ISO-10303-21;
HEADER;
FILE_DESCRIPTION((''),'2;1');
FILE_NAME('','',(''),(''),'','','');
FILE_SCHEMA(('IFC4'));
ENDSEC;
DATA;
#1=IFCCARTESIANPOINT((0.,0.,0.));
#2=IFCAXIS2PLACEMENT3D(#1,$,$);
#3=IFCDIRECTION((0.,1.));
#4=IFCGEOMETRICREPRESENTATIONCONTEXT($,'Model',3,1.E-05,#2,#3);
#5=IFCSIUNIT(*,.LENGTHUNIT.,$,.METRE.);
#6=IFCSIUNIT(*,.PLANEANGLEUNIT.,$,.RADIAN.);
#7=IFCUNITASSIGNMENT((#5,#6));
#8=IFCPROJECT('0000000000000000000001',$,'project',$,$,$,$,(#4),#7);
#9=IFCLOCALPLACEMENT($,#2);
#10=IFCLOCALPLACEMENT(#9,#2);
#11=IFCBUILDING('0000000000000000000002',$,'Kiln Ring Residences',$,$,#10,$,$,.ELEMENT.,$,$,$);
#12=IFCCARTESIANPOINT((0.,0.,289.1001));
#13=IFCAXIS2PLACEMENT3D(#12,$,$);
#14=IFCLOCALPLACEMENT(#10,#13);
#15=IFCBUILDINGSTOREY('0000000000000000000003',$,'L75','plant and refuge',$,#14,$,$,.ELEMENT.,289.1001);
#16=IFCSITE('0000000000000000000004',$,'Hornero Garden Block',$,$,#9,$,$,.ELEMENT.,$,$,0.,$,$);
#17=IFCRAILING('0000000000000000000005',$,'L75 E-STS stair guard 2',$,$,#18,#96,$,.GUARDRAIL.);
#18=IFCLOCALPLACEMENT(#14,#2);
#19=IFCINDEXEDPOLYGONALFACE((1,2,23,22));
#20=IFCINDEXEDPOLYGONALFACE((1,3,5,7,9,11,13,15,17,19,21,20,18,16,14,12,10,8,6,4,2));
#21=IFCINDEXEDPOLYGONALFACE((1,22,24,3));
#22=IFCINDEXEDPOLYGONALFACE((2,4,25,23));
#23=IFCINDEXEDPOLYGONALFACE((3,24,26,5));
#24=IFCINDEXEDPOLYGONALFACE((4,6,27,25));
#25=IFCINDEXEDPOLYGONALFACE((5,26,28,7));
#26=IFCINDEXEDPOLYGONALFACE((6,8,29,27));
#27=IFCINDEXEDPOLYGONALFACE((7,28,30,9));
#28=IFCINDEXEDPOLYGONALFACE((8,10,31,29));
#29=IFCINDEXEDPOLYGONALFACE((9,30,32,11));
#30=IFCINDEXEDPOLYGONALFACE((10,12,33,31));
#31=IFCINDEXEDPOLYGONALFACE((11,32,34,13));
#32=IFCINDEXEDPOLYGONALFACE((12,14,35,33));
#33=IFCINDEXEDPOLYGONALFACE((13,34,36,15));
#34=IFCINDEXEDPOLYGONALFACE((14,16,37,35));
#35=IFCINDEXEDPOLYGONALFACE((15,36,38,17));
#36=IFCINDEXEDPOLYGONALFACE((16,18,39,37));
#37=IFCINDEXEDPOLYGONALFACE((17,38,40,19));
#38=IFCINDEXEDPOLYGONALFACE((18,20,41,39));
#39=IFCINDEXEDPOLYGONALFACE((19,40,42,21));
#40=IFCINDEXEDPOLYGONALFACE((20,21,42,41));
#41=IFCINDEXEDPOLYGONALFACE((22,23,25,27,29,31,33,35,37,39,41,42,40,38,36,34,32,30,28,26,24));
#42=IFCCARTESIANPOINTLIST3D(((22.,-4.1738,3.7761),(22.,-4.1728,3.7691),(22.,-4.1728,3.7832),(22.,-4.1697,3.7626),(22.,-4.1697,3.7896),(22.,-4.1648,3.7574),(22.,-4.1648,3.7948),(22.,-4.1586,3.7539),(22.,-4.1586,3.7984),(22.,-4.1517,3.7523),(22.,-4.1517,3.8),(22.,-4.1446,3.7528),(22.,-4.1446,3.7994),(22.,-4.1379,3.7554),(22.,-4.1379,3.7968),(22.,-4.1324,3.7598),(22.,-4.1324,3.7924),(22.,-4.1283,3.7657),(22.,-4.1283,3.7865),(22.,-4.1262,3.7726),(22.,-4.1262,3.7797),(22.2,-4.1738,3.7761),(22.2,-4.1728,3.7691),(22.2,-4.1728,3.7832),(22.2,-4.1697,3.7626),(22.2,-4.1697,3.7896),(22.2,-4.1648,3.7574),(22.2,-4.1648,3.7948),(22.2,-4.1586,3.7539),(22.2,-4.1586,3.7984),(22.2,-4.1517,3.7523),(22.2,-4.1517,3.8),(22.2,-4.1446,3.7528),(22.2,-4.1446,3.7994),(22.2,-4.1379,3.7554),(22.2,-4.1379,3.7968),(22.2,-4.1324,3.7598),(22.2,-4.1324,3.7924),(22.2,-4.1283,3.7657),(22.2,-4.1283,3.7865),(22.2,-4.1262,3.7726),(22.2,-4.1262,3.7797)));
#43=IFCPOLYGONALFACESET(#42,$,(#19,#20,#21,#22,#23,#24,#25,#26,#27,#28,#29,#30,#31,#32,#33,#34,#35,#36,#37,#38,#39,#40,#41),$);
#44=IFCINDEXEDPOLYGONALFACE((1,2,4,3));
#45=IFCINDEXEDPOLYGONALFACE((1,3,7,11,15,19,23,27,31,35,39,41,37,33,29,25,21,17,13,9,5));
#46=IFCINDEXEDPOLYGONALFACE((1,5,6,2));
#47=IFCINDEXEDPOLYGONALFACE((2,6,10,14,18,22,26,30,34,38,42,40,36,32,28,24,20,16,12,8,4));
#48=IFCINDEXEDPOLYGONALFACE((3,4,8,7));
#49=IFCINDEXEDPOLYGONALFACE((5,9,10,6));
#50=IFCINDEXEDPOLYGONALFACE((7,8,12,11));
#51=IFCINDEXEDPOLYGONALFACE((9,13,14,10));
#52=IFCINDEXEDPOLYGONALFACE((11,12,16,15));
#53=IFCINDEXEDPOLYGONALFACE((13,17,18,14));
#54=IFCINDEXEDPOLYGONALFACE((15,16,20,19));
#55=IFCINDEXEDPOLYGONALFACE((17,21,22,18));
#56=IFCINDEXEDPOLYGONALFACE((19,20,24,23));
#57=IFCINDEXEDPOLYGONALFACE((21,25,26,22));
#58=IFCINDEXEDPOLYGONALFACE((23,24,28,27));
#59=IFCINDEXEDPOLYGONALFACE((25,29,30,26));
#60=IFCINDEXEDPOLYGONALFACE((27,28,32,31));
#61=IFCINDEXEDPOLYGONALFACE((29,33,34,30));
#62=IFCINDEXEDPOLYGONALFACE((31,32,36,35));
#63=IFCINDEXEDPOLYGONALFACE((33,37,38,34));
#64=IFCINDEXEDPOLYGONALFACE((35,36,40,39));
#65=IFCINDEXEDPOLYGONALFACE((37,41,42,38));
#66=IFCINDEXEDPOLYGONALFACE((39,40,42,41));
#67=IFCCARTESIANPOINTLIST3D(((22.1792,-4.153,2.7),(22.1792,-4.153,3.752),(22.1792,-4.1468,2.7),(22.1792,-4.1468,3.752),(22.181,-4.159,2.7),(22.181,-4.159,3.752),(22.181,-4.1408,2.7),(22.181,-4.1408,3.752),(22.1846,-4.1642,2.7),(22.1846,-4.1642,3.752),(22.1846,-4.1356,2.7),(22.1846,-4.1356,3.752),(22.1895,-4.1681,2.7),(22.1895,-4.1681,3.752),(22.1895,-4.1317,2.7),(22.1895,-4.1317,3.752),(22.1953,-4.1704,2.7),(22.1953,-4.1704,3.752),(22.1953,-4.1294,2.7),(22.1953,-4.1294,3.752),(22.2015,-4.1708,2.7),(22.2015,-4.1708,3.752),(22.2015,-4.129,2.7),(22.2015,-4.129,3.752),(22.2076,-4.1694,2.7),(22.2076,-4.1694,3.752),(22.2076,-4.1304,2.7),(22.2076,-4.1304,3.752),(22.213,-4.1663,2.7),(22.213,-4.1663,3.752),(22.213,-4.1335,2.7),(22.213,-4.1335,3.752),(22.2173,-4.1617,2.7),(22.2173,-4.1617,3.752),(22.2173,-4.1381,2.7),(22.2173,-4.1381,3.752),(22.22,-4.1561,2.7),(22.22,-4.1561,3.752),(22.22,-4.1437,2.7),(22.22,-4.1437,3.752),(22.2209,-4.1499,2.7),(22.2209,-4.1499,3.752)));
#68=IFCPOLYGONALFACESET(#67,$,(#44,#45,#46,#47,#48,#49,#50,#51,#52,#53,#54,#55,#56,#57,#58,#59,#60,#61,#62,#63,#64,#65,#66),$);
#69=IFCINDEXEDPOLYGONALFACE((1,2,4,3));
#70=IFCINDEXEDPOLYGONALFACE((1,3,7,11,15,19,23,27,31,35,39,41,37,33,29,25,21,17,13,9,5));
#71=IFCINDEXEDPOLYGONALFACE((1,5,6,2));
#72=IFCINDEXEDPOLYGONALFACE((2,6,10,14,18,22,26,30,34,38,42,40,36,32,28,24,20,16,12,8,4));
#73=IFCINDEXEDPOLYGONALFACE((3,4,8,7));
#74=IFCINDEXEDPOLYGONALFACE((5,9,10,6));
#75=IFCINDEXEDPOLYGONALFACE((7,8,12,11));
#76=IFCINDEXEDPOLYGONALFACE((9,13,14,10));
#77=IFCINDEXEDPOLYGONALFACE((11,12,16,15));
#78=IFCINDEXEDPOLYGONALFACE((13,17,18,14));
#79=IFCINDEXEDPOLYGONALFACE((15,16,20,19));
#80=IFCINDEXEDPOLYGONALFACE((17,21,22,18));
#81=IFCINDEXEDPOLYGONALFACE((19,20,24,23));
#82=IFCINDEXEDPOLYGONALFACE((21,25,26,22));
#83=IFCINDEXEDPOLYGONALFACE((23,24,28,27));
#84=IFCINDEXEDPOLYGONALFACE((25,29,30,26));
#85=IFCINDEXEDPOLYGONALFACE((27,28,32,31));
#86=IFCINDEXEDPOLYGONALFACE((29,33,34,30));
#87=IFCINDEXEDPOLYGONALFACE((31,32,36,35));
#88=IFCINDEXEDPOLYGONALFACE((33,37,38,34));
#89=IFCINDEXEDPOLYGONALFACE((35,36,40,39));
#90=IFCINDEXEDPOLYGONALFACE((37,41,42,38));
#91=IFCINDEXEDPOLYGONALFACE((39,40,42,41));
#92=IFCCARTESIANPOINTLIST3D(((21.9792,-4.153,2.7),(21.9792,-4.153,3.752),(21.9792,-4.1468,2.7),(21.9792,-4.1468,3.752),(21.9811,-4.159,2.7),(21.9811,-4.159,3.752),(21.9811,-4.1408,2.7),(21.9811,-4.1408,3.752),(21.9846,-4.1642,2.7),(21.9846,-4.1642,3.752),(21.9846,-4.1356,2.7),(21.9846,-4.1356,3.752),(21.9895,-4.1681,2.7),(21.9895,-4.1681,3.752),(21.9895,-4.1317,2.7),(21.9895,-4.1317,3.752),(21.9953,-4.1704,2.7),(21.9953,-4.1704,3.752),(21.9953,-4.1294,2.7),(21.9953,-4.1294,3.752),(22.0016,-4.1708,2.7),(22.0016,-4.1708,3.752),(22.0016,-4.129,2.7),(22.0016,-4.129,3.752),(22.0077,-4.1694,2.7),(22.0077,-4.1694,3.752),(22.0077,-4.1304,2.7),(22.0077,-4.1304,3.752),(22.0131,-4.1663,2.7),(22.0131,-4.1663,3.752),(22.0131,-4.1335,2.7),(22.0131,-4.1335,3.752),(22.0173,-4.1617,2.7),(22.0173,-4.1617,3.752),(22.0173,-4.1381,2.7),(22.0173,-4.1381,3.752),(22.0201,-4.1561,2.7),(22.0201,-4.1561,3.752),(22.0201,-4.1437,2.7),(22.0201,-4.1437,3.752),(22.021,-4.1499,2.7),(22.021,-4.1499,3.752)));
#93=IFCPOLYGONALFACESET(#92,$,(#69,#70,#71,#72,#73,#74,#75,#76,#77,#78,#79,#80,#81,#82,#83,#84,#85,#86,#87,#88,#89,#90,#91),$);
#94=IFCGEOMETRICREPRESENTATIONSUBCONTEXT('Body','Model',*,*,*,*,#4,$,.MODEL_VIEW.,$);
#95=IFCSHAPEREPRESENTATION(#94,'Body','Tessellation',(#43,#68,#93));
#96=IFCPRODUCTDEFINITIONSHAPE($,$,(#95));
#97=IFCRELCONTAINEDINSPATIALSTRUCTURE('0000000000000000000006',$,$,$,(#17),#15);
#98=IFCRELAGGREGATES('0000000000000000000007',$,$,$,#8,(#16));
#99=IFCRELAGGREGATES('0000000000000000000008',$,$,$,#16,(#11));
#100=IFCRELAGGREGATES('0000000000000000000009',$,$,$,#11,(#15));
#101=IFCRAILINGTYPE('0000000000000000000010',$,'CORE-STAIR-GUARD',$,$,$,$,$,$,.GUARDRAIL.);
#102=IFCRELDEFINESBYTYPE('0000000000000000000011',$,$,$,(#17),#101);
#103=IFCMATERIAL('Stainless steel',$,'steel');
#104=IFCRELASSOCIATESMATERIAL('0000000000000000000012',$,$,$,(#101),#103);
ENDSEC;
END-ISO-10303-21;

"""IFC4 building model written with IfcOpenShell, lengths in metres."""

from ifc_helpers import new_model, si_unit, direction, frame, origin, origin_2d, place, context, subcontext, project, spatial, circle, extrude, material, type_object, element, save


model = new_model("IFC4")

# Units and contexts
model_context = context("Model", 3, precision=1e-05, world=origin(), true_north=direction((0.0, 1.0)))
body_context = subcontext(model_context, "Body", "Model", "MODEL_VIEW")
ifc_project = project(units=[si_unit("LENGTHUNIT", "METRE"), si_unit("PLANEANGLEUNIT", "RADIAN")], contexts=[model_context])

# Site, building, storey
site_placement = place(None, origin())
site = spatial("IfcSite", under=ifc_project, at=site_placement, Name="Hornero Garden Block", CompositionType="ELEMENT", RefElevation=0.0)
building_placement = place(site_placement, origin())
building = spatial("IfcBuilding", under=site, at=building_placement, Name="Kiln Ring Residences", CompositionType="ELEMENT")
storey_placement = place(building_placement, frame((0.0, 0.0, 289.1001)))
storey = spatial("IfcBuildingStorey", under=building, at=storey_placement, Name="L75", Description="plant and refuge", CompositionType="ELEMENT", Elevation=289.1001)

# Railing
ifc_material_1 = material(Name="Stainless steel", Category="steel")
railing_type_1 = type_object("IfcRailingType", Name="CORE-STAIR-GUARD", PredefinedType="GUARDRAIL", material=ifc_material_1)
railing_1_placement = place(storey_placement, frame((22.2, -4.1499, 2.7)))
element("IfcRailing", 1, at=railing_1_placement, inside=storey, type_object=railing_type_1, Name="L75 E-STS stair guard 2", PredefinedType="GUARDRAIL", context=body_context, shape_type="SweptSolid", body=[
    extrude(circle(Radius=0.0239, at=origin_2d()), frame((0.0, 0.0, 1.0762), z_axis=(-1.0, 0.0, 0.0), x_axis=(0.0, -1.0, 0.0)), (0.0, 0.0, 1.0), 0.2),
    extrude(circle(Radius=0.021, at=origin_2d()), origin(), (0.0, 0.0, 1.0), 1.052),
    extrude(circle(Radius=0.021, at=origin_2d()), frame((-0.2, 0.0, 0.0)), (0.0, 0.0, 1.0), 1.052),
])

save(model, "model.ifc")
